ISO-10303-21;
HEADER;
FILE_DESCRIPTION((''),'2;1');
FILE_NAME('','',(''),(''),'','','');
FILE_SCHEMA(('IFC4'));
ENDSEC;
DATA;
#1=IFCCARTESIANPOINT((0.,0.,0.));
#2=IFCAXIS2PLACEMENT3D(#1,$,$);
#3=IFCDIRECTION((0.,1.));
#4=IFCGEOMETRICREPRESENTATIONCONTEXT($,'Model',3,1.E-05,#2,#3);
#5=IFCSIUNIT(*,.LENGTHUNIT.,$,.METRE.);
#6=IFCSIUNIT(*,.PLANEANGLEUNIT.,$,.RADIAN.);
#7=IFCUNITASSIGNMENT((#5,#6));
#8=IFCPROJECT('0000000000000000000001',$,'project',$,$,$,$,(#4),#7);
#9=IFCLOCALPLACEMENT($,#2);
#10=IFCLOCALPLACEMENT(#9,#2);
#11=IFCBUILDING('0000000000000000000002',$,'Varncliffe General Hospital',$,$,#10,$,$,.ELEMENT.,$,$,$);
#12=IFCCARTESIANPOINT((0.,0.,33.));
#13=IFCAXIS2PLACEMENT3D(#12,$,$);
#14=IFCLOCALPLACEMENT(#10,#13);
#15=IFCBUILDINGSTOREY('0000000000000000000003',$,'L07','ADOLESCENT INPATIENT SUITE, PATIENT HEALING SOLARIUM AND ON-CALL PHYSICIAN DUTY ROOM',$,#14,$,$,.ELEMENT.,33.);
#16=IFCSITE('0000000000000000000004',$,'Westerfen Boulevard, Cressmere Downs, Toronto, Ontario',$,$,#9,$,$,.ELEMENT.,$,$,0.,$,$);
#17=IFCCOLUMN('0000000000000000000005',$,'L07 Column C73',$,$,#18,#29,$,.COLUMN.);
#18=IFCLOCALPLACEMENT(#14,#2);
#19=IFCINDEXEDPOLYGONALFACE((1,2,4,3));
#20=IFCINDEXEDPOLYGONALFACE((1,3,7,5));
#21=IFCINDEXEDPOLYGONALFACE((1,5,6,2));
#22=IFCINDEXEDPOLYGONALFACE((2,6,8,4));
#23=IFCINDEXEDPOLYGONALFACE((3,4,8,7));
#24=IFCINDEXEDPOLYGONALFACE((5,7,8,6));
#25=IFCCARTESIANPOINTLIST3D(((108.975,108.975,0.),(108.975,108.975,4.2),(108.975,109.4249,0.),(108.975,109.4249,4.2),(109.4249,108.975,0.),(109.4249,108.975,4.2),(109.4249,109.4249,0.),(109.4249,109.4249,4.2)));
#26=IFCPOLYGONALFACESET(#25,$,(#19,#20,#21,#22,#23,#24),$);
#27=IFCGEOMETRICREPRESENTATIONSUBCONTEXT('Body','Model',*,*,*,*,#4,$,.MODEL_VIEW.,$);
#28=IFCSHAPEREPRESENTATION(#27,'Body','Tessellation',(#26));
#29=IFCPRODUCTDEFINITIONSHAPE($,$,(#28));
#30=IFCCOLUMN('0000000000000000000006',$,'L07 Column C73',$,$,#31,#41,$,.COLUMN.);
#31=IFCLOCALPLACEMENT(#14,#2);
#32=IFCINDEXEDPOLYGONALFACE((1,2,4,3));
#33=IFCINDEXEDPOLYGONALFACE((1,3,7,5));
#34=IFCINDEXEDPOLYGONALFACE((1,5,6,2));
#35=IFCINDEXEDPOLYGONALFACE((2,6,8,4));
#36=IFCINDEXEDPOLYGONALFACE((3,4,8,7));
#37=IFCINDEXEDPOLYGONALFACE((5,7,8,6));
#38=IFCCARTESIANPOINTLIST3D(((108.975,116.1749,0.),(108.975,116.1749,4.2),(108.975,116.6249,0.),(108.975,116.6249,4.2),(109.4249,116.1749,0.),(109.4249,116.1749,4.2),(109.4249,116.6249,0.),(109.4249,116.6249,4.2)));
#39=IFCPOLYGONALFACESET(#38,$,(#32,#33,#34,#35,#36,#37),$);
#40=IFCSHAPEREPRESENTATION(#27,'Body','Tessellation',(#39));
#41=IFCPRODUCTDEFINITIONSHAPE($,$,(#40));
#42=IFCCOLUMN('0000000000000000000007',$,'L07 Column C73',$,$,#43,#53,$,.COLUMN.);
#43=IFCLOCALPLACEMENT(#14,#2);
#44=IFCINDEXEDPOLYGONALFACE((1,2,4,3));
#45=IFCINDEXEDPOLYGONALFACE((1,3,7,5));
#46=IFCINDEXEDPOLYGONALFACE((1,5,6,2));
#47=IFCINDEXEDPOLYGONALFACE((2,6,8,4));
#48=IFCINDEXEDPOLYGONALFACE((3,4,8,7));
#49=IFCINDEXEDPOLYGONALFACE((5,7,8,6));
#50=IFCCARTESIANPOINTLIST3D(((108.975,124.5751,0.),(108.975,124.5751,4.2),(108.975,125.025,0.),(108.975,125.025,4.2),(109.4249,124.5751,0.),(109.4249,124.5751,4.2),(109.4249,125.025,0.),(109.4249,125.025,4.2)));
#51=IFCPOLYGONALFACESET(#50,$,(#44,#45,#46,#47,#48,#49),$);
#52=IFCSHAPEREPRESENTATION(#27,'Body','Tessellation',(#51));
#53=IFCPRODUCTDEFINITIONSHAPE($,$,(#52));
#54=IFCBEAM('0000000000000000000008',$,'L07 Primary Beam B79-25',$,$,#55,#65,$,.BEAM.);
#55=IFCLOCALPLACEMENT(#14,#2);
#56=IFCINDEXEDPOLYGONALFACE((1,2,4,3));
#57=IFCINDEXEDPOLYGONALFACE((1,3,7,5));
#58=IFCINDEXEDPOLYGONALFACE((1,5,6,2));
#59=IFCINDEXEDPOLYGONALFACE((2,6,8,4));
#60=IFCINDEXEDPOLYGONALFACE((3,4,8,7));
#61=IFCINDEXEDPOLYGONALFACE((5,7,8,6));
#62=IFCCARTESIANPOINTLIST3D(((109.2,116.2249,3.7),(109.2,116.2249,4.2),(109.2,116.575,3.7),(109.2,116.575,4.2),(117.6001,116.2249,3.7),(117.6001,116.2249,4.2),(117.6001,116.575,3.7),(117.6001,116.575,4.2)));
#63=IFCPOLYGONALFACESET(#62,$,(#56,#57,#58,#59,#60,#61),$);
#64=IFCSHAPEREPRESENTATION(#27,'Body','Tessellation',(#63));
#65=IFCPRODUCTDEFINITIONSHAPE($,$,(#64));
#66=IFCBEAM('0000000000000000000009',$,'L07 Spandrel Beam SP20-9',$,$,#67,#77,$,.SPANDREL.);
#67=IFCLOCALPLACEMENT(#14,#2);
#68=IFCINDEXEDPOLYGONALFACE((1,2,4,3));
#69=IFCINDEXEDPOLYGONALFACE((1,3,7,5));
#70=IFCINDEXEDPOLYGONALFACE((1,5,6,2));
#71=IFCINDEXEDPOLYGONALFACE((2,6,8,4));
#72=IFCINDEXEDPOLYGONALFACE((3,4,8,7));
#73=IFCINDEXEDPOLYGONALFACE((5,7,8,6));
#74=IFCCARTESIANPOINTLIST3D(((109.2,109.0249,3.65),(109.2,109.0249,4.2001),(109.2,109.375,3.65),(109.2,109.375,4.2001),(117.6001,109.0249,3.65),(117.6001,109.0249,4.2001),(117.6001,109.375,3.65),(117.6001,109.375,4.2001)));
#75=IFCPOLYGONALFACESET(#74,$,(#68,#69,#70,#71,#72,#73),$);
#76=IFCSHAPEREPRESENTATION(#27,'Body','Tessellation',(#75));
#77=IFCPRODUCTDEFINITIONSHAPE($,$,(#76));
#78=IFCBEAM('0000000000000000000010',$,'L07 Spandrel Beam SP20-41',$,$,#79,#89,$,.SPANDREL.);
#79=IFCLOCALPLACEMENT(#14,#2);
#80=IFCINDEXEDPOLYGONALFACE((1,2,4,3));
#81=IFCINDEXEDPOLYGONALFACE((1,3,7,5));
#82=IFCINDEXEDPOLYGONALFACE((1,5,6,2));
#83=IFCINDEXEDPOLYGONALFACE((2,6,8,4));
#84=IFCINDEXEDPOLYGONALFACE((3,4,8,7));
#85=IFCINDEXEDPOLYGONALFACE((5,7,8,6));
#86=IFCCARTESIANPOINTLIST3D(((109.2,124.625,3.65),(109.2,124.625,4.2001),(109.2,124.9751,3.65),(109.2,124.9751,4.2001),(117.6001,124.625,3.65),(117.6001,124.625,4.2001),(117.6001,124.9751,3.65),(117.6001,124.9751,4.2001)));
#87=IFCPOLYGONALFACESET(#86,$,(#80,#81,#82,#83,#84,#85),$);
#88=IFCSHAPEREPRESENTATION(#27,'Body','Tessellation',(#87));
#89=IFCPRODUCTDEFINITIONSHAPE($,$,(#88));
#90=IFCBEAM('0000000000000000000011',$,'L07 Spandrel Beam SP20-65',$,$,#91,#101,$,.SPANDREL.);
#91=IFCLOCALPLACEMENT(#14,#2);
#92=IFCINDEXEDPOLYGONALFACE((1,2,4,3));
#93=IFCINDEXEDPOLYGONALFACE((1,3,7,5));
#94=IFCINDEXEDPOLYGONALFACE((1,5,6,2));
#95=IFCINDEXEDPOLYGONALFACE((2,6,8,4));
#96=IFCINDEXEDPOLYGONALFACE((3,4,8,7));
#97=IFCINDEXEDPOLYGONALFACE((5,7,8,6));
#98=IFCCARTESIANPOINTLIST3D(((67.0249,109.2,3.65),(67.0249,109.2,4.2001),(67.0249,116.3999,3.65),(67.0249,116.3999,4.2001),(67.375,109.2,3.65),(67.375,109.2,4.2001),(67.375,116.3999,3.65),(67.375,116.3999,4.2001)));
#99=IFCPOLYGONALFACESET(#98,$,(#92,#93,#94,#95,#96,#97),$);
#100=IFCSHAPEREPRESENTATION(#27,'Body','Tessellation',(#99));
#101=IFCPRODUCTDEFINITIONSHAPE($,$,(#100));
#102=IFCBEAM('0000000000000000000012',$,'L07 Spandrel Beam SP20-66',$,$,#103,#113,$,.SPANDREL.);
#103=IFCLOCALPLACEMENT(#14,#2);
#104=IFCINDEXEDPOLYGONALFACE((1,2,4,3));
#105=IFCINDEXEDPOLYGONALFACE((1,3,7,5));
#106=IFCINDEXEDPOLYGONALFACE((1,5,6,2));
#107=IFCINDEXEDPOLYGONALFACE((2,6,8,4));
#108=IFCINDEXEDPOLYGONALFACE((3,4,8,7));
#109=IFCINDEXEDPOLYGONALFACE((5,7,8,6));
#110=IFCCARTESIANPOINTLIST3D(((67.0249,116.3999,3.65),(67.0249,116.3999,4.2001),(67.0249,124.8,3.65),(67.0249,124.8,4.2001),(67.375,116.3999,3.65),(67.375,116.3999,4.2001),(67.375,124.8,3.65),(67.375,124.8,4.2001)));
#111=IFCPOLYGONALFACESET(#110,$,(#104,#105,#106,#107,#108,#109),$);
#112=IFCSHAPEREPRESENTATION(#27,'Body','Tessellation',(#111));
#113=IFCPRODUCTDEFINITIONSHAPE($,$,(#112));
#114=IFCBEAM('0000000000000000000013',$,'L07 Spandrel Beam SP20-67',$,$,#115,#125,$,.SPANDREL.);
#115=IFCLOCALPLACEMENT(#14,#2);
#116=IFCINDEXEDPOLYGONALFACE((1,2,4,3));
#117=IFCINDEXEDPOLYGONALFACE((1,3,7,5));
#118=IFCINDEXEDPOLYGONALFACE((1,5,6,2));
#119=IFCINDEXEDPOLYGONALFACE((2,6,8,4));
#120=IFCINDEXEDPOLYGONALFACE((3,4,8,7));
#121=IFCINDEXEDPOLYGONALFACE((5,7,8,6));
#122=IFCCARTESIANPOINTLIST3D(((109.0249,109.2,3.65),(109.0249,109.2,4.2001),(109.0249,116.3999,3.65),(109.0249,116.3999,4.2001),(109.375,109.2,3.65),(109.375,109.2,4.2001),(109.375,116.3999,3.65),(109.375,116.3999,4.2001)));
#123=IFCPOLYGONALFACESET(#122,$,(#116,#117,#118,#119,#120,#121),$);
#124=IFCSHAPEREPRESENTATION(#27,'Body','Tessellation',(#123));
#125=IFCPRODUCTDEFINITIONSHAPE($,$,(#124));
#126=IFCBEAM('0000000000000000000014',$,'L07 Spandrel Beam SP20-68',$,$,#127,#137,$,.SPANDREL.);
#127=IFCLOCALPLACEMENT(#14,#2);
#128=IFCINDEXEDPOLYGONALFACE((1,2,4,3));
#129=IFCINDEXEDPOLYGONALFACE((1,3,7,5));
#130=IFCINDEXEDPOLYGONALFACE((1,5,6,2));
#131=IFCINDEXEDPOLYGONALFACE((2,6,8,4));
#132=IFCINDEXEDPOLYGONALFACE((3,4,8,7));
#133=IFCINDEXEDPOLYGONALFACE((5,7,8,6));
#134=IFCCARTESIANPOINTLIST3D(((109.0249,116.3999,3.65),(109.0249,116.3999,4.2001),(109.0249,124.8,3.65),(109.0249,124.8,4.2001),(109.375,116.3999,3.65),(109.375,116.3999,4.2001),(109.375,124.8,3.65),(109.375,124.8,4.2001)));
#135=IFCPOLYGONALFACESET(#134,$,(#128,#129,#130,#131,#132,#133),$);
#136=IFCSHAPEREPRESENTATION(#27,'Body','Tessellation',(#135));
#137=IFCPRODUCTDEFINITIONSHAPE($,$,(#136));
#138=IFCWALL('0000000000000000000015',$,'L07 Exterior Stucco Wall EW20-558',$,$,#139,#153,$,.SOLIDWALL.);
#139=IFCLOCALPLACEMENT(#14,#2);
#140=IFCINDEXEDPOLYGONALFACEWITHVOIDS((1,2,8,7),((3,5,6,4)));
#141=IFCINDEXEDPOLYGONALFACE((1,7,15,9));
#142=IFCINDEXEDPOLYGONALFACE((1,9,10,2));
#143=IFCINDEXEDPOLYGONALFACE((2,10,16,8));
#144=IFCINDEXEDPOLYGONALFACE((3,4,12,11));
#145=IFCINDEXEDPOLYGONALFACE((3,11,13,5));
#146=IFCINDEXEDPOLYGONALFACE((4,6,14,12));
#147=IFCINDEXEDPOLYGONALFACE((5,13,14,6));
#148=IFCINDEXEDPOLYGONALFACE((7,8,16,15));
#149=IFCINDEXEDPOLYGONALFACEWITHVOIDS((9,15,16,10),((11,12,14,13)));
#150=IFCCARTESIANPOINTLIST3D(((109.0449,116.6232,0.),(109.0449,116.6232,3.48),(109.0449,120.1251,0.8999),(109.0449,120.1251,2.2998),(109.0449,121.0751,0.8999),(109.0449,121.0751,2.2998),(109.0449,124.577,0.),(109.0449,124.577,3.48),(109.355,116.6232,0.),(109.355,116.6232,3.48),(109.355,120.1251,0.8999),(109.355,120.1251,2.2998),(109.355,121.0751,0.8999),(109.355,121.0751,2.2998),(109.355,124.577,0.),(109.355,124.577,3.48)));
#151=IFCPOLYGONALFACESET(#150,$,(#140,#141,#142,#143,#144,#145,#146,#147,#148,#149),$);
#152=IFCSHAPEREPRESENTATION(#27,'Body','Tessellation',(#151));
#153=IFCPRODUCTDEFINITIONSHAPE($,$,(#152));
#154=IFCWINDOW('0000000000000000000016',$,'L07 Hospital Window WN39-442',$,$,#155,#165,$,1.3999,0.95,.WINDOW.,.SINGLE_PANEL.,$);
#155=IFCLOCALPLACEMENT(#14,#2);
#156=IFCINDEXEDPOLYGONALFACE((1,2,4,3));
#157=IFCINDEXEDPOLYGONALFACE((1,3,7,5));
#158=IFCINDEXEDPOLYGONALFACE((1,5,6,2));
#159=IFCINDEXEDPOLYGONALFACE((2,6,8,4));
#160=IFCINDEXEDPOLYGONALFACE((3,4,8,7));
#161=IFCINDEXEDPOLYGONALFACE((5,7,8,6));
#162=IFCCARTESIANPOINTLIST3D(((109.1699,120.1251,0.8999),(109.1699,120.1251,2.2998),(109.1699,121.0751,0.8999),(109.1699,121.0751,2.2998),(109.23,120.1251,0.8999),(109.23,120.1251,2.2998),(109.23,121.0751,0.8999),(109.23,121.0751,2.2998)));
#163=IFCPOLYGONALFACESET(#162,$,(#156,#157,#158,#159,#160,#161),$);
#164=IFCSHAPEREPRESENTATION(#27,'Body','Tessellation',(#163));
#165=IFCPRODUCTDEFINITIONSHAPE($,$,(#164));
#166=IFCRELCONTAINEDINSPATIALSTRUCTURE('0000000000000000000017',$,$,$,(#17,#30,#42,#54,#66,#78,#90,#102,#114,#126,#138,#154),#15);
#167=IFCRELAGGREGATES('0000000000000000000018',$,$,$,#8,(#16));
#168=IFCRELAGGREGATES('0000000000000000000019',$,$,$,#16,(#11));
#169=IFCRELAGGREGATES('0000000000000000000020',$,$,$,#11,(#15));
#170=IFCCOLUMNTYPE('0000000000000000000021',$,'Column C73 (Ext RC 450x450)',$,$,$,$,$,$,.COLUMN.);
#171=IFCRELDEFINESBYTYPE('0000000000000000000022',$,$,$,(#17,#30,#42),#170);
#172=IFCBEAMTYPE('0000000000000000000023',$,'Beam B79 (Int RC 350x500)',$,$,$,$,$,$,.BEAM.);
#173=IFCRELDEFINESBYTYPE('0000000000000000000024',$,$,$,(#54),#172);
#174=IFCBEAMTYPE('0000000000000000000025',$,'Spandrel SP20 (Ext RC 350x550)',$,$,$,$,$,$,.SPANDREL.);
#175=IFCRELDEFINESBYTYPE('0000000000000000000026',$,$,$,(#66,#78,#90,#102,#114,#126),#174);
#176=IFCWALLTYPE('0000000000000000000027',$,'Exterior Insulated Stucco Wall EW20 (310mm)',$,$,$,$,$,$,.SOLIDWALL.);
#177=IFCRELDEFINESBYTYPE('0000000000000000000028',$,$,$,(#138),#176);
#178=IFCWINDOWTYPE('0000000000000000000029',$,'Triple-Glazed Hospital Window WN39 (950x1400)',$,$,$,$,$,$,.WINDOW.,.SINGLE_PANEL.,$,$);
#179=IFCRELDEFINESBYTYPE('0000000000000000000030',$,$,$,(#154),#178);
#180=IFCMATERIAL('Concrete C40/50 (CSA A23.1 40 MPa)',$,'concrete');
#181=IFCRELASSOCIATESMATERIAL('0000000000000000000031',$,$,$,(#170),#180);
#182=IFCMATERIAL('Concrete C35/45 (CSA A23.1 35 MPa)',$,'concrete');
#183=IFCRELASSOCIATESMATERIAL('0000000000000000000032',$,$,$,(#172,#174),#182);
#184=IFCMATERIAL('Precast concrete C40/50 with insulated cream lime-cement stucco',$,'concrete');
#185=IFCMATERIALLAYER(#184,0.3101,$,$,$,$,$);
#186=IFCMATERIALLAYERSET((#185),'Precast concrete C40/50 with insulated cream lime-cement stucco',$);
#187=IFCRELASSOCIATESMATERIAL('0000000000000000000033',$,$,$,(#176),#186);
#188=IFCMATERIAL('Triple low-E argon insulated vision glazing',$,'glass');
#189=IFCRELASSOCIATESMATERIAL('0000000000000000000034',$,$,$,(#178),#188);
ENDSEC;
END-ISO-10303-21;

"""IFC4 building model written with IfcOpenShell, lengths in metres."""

from ifc_helpers import new_model, si_unit, direction, frame, frame_2d, origin, origin_2d, place, context, subcontext, project, spatial, rectangle, extrude, material, layer, layer_set, material_profile, profile_set, type_object, element, fill, save


model = new_model("IFC4")

# Units and contexts
model_context = context("Model", 3, precision=1e-05, world=origin(), true_north=direction((0.0, 1.0)))
body_context = subcontext(model_context, "Body", "Model", "MODEL_VIEW")
ifc_project = project(units=[si_unit("LENGTHUNIT", "METRE"), si_unit("PLANEANGLEUNIT", "RADIAN")], contexts=[model_context])

# Site, building, storey
site_placement = place(None, origin())
site = spatial("IfcSite", under=ifc_project, at=site_placement, Name="Westerfen Boulevard, Cressmere Downs, Toronto, Ontario", CompositionType="ELEMENT", RefElevation=0.0)
building_placement = place(site_placement, origin())
building = spatial("IfcBuilding", under=site, at=building_placement, Name="Varncliffe General Hospital", CompositionType="ELEMENT")
storey_placement = place(building_placement, frame((0.0, 0.0, 33.0)))
storey = spatial("IfcBuildingStorey", under=building, at=storey_placement, Name="L07", Description="ADOLESCENT INPATIENT SUITE, PATIENT HEALING SOLARIUM AND ON-CALL PHYSICIAN DUTY ROOM", CompositionType="ELEMENT", Elevation=33.0)

# Columns
ifc_material_1 = material(Name="Concrete C40/50 (CSA A23.1 40 MPa)", Category="concrete")
ifc_material_profile_1 = material_profile(ifc_material_1, rectangle(XDim=0.45, YDim=0.45, at=origin_2d()), Name="RC 450x450")
ifc_profile_set_1 = profile_set([ifc_material_profile_1], Name="Concrete C40/50 (CSA A23.1 40 MPa)")
column_type = type_object("IfcColumnType", Name="Column C73 (Ext RC 450x450)", PredefinedType="COLUMN", material=ifc_profile_set_1)
for number, where, z_axis, x_axis, name in (
    (1, (109.2, 109.2, 0.0), (0.0, 0.0, 1.0), (1.0, 0.0, 0.0), "L07 Column C73"),
    (2, (109.2, 116.3999, 0.0), (0.0, 0.0, 1.0), (1.0, 0.0, 0.0), "L07 Column C73"),
    (3, (109.2, 124.8, 0.0), (0.0, 0.0, 1.0), (1.0, 0.0, 0.0), "L07 Column C73"),
):
    element("IfcColumn", number, at=place(storey_placement, frame(where, z_axis=z_axis, x_axis=x_axis)), inside=storey, type_object=column_type, Name=name, PredefinedType="COLUMN", context=body_context, shape_type="SweptSolid", body=[
        extrude(rectangle(XDim=0.45, YDim=0.45, at=origin_2d()), origin(), (0.0, 0.0, 1.0), 4.2),
    ])

# Beams
ifc_material_2 = material(Name="Concrete C35/45 (CSA A23.1 35 MPa)", Category="concrete")
ifc_material_profile_2 = material_profile(ifc_material_2, rectangle(XDim=0.3501, YDim=0.5, at=origin_2d()), Name="RC 350x500")
ifc_profile_set_2 = profile_set([ifc_material_profile_2], Name="Concrete C35/45 (CSA A23.1 35 MPa)")
beam_type_1 = type_object("IfcBeamType", Name="Beam B79 (Int RC 350x500)", PredefinedType="BEAM", material=ifc_profile_set_2)
beam_1_placement = place(storey_placement, frame((109.2, 116.3999, 3.95), z_axis=(1.0, 0.0, 0.0), x_axis=(0.0, 1.0, 0.0)))
element("IfcBeam", 4, at=beam_1_placement, inside=storey, type_object=beam_type_1, Name="L07 Primary Beam B79-25", PredefinedType="BEAM", context=body_context, shape_type="SweptSolid", body=[
    extrude(rectangle(XDim=0.3501, YDim=0.5, at=origin_2d()), origin(), (0.0, 0.0, 1.0), 8.4001),
])
ifc_material_profile_3 = material_profile(ifc_material_2, rectangle(XDim=0.3501, YDim=0.55, at=origin_2d()), Name="RC 350x550")
ifc_profile_set_3 = profile_set([ifc_material_profile_3], Name="Concrete C35/45 (CSA A23.1 35 MPa)")
beam_type_2 = type_object("IfcBeamType", Name="Spandrel SP20 (Ext RC 350x550)", PredefinedType="SPANDREL", material=ifc_profile_set_3)
for number, where, z_axis, x_axis, name in (
    (5, (109.2, 109.2, 3.925), (1.0, 0.0, 0.0), (0.0, 1.0, 0.0), "L07 Spandrel Beam SP20-9"),
    (6, (109.2, 124.8, 3.925), (1.0, 0.0, 0.0), (0.0, 1.0, 0.0), "L07 Spandrel Beam SP20-41"),
):
    element("IfcBeam", number, at=place(storey_placement, frame(where, z_axis=z_axis, x_axis=x_axis)), inside=storey, type_object=beam_type_2, Name=name, PredefinedType="SPANDREL", context=body_context, shape_type="SweptSolid", body=[
        extrude(rectangle(XDim=0.3501, YDim=0.55, at=origin_2d()), origin(), (0.0, 0.0, 1.0), 8.4001),
    ])
beam_2_placement = place(storey_placement, frame((67.2, 109.2, 3.925), z_axis=(0.0, 1.0, 0.0), x_axis=(-1.0, 0.0, 0.0)))
element("IfcBeam", 7, at=beam_2_placement, inside=storey, type_object=beam_type_2, Name="L07 Spandrel Beam SP20-65", PredefinedType="SPANDREL", context=body_context, shape_type="SweptSolid", body=[
    extrude(rectangle(XDim=0.3501, YDim=0.55, at=origin_2d()), origin(), (0.0, 0.0, 1.0), 7.2),
])
beam_3_placement = place(storey_placement, frame((67.2, 116.3999, 3.925), z_axis=(0.0, 1.0, 0.0), x_axis=(-1.0, 0.0, 0.0)))
element("IfcBeam", 8, at=beam_3_placement, inside=storey, type_object=beam_type_2, Name="L07 Spandrel Beam SP20-66", PredefinedType="SPANDREL", context=body_context, shape_type="SweptSolid", body=[
    extrude(rectangle(XDim=0.3501, YDim=0.55, at=origin_2d()), origin(), (0.0, 0.0, 1.0), 8.4001),
])
beam_4_placement = place(storey_placement, frame((109.2, 109.2, 3.925), z_axis=(0.0, 1.0, 0.0), x_axis=(-1.0, 0.0, 0.0)))
element("IfcBeam", 9, at=beam_4_placement, inside=storey, type_object=beam_type_2, Name="L07 Spandrel Beam SP20-67", PredefinedType="SPANDREL", context=body_context, shape_type="SweptSolid", body=[
    extrude(rectangle(XDim=0.3501, YDim=0.55, at=origin_2d()), origin(), (0.0, 0.0, 1.0), 7.2),
])
beam_5_placement = place(storey_placement, frame((109.2, 116.3999, 3.925), z_axis=(0.0, 1.0, 0.0), x_axis=(-1.0, 0.0, 0.0)))
element("IfcBeam", 10, at=beam_5_placement, inside=storey, type_object=beam_type_2, Name="L07 Spandrel Beam SP20-68", PredefinedType="SPANDREL", context=body_context, shape_type="SweptSolid", body=[
    extrude(rectangle(XDim=0.3501, YDim=0.55, at=origin_2d()), origin(), (0.0, 0.0, 1.0), 8.4001),
])

# Wall, opening, window
ifc_material_3 = material(Name="Precast concrete C40/50 with insulated cream lime-cement stucco", Category="concrete")
ifc_layer_1 = layer(ifc_material_3, 0.3101)
ifc_layer_set_1 = layer_set([ifc_layer_1], Name="Precast concrete C40/50 with insulated cream lime-cement stucco")
wall_type_1 = type_object("IfcWallType", Name="Exterior Insulated Stucco Wall EW20 (310mm)", PredefinedType="SOLIDWALL", material=ifc_layer_set_1)
wall_1_placement = place(storey_placement, frame((109.2, 116.623, 0.0), z_axis=(0.0, 0.0, 1.0), x_axis=(0.0, 1.0, 0.0)))
wall_1 = element("IfcWall", 11, at=wall_1_placement, inside=storey, type_object=wall_type_1, Name="L07 Exterior Stucco Wall EW20-558", PredefinedType="SOLIDWALL", context=body_context, shape_type="SweptSolid", body=[
    extrude(rectangle(XDim=7.9539, YDim=0.3101, at=frame_2d((3.9771, 0.0))), origin(), (0.0, 0.0, 1.0), 3.48),
])
opening_1_placement = place(wall_1_placement, frame((3.502, 0.0, 0.8999)))
opening_1 = element("IfcOpeningElement", 12, at=opening_1_placement, cuts=wall_1, PredefinedType="OPENING", context=body_context, shape_type="SweptSolid", body=[
    extrude(rectangle(XDim=0.95, YDim=1.3999, at=frame_2d((0.4751, 0.7))), frame((0.0, 0.165, 0.0), z_axis=(0.0, -1.0, 0.0), x_axis=(1.0, 0.0, 0.0)), (0.0, 0.0, 1.0), 0.3301),
])
ifc_material_4 = material(Name="Triple low-E argon insulated vision glazing", Category="glass")
window_type_1 = type_object("IfcWindowType", Name="Triple-Glazed Hospital Window WN39 (950x1400)", PartitioningType="SINGLE_PANEL", PredefinedType="WINDOW", material=ifc_material_4)
window_1_placement = place(opening_1_placement, origin())
window_1 = element("IfcWindow", 13, at=window_1_placement, inside=storey, type_object=window_type_1, Name="L07 Hospital Window WN39-442", OverallHeight=1.3999, OverallWidth=0.95, PartitioningType="SINGLE_PANEL", PredefinedType="WINDOW", context=body_context, shape_type="SweptSolid", body=[
    extrude(rectangle(XDim=0.95, YDim=1.3999, at=frame_2d((0.4751, 0.7))), frame((0.0, 0.03, 0.0), z_axis=(0.0, -1.0, 0.0), x_axis=(1.0, 0.0, 0.0)), (0.0, 0.0, 1.0), 0.0601),
])
fill(opening_1, window_1)

save(model, "model.ifc")
